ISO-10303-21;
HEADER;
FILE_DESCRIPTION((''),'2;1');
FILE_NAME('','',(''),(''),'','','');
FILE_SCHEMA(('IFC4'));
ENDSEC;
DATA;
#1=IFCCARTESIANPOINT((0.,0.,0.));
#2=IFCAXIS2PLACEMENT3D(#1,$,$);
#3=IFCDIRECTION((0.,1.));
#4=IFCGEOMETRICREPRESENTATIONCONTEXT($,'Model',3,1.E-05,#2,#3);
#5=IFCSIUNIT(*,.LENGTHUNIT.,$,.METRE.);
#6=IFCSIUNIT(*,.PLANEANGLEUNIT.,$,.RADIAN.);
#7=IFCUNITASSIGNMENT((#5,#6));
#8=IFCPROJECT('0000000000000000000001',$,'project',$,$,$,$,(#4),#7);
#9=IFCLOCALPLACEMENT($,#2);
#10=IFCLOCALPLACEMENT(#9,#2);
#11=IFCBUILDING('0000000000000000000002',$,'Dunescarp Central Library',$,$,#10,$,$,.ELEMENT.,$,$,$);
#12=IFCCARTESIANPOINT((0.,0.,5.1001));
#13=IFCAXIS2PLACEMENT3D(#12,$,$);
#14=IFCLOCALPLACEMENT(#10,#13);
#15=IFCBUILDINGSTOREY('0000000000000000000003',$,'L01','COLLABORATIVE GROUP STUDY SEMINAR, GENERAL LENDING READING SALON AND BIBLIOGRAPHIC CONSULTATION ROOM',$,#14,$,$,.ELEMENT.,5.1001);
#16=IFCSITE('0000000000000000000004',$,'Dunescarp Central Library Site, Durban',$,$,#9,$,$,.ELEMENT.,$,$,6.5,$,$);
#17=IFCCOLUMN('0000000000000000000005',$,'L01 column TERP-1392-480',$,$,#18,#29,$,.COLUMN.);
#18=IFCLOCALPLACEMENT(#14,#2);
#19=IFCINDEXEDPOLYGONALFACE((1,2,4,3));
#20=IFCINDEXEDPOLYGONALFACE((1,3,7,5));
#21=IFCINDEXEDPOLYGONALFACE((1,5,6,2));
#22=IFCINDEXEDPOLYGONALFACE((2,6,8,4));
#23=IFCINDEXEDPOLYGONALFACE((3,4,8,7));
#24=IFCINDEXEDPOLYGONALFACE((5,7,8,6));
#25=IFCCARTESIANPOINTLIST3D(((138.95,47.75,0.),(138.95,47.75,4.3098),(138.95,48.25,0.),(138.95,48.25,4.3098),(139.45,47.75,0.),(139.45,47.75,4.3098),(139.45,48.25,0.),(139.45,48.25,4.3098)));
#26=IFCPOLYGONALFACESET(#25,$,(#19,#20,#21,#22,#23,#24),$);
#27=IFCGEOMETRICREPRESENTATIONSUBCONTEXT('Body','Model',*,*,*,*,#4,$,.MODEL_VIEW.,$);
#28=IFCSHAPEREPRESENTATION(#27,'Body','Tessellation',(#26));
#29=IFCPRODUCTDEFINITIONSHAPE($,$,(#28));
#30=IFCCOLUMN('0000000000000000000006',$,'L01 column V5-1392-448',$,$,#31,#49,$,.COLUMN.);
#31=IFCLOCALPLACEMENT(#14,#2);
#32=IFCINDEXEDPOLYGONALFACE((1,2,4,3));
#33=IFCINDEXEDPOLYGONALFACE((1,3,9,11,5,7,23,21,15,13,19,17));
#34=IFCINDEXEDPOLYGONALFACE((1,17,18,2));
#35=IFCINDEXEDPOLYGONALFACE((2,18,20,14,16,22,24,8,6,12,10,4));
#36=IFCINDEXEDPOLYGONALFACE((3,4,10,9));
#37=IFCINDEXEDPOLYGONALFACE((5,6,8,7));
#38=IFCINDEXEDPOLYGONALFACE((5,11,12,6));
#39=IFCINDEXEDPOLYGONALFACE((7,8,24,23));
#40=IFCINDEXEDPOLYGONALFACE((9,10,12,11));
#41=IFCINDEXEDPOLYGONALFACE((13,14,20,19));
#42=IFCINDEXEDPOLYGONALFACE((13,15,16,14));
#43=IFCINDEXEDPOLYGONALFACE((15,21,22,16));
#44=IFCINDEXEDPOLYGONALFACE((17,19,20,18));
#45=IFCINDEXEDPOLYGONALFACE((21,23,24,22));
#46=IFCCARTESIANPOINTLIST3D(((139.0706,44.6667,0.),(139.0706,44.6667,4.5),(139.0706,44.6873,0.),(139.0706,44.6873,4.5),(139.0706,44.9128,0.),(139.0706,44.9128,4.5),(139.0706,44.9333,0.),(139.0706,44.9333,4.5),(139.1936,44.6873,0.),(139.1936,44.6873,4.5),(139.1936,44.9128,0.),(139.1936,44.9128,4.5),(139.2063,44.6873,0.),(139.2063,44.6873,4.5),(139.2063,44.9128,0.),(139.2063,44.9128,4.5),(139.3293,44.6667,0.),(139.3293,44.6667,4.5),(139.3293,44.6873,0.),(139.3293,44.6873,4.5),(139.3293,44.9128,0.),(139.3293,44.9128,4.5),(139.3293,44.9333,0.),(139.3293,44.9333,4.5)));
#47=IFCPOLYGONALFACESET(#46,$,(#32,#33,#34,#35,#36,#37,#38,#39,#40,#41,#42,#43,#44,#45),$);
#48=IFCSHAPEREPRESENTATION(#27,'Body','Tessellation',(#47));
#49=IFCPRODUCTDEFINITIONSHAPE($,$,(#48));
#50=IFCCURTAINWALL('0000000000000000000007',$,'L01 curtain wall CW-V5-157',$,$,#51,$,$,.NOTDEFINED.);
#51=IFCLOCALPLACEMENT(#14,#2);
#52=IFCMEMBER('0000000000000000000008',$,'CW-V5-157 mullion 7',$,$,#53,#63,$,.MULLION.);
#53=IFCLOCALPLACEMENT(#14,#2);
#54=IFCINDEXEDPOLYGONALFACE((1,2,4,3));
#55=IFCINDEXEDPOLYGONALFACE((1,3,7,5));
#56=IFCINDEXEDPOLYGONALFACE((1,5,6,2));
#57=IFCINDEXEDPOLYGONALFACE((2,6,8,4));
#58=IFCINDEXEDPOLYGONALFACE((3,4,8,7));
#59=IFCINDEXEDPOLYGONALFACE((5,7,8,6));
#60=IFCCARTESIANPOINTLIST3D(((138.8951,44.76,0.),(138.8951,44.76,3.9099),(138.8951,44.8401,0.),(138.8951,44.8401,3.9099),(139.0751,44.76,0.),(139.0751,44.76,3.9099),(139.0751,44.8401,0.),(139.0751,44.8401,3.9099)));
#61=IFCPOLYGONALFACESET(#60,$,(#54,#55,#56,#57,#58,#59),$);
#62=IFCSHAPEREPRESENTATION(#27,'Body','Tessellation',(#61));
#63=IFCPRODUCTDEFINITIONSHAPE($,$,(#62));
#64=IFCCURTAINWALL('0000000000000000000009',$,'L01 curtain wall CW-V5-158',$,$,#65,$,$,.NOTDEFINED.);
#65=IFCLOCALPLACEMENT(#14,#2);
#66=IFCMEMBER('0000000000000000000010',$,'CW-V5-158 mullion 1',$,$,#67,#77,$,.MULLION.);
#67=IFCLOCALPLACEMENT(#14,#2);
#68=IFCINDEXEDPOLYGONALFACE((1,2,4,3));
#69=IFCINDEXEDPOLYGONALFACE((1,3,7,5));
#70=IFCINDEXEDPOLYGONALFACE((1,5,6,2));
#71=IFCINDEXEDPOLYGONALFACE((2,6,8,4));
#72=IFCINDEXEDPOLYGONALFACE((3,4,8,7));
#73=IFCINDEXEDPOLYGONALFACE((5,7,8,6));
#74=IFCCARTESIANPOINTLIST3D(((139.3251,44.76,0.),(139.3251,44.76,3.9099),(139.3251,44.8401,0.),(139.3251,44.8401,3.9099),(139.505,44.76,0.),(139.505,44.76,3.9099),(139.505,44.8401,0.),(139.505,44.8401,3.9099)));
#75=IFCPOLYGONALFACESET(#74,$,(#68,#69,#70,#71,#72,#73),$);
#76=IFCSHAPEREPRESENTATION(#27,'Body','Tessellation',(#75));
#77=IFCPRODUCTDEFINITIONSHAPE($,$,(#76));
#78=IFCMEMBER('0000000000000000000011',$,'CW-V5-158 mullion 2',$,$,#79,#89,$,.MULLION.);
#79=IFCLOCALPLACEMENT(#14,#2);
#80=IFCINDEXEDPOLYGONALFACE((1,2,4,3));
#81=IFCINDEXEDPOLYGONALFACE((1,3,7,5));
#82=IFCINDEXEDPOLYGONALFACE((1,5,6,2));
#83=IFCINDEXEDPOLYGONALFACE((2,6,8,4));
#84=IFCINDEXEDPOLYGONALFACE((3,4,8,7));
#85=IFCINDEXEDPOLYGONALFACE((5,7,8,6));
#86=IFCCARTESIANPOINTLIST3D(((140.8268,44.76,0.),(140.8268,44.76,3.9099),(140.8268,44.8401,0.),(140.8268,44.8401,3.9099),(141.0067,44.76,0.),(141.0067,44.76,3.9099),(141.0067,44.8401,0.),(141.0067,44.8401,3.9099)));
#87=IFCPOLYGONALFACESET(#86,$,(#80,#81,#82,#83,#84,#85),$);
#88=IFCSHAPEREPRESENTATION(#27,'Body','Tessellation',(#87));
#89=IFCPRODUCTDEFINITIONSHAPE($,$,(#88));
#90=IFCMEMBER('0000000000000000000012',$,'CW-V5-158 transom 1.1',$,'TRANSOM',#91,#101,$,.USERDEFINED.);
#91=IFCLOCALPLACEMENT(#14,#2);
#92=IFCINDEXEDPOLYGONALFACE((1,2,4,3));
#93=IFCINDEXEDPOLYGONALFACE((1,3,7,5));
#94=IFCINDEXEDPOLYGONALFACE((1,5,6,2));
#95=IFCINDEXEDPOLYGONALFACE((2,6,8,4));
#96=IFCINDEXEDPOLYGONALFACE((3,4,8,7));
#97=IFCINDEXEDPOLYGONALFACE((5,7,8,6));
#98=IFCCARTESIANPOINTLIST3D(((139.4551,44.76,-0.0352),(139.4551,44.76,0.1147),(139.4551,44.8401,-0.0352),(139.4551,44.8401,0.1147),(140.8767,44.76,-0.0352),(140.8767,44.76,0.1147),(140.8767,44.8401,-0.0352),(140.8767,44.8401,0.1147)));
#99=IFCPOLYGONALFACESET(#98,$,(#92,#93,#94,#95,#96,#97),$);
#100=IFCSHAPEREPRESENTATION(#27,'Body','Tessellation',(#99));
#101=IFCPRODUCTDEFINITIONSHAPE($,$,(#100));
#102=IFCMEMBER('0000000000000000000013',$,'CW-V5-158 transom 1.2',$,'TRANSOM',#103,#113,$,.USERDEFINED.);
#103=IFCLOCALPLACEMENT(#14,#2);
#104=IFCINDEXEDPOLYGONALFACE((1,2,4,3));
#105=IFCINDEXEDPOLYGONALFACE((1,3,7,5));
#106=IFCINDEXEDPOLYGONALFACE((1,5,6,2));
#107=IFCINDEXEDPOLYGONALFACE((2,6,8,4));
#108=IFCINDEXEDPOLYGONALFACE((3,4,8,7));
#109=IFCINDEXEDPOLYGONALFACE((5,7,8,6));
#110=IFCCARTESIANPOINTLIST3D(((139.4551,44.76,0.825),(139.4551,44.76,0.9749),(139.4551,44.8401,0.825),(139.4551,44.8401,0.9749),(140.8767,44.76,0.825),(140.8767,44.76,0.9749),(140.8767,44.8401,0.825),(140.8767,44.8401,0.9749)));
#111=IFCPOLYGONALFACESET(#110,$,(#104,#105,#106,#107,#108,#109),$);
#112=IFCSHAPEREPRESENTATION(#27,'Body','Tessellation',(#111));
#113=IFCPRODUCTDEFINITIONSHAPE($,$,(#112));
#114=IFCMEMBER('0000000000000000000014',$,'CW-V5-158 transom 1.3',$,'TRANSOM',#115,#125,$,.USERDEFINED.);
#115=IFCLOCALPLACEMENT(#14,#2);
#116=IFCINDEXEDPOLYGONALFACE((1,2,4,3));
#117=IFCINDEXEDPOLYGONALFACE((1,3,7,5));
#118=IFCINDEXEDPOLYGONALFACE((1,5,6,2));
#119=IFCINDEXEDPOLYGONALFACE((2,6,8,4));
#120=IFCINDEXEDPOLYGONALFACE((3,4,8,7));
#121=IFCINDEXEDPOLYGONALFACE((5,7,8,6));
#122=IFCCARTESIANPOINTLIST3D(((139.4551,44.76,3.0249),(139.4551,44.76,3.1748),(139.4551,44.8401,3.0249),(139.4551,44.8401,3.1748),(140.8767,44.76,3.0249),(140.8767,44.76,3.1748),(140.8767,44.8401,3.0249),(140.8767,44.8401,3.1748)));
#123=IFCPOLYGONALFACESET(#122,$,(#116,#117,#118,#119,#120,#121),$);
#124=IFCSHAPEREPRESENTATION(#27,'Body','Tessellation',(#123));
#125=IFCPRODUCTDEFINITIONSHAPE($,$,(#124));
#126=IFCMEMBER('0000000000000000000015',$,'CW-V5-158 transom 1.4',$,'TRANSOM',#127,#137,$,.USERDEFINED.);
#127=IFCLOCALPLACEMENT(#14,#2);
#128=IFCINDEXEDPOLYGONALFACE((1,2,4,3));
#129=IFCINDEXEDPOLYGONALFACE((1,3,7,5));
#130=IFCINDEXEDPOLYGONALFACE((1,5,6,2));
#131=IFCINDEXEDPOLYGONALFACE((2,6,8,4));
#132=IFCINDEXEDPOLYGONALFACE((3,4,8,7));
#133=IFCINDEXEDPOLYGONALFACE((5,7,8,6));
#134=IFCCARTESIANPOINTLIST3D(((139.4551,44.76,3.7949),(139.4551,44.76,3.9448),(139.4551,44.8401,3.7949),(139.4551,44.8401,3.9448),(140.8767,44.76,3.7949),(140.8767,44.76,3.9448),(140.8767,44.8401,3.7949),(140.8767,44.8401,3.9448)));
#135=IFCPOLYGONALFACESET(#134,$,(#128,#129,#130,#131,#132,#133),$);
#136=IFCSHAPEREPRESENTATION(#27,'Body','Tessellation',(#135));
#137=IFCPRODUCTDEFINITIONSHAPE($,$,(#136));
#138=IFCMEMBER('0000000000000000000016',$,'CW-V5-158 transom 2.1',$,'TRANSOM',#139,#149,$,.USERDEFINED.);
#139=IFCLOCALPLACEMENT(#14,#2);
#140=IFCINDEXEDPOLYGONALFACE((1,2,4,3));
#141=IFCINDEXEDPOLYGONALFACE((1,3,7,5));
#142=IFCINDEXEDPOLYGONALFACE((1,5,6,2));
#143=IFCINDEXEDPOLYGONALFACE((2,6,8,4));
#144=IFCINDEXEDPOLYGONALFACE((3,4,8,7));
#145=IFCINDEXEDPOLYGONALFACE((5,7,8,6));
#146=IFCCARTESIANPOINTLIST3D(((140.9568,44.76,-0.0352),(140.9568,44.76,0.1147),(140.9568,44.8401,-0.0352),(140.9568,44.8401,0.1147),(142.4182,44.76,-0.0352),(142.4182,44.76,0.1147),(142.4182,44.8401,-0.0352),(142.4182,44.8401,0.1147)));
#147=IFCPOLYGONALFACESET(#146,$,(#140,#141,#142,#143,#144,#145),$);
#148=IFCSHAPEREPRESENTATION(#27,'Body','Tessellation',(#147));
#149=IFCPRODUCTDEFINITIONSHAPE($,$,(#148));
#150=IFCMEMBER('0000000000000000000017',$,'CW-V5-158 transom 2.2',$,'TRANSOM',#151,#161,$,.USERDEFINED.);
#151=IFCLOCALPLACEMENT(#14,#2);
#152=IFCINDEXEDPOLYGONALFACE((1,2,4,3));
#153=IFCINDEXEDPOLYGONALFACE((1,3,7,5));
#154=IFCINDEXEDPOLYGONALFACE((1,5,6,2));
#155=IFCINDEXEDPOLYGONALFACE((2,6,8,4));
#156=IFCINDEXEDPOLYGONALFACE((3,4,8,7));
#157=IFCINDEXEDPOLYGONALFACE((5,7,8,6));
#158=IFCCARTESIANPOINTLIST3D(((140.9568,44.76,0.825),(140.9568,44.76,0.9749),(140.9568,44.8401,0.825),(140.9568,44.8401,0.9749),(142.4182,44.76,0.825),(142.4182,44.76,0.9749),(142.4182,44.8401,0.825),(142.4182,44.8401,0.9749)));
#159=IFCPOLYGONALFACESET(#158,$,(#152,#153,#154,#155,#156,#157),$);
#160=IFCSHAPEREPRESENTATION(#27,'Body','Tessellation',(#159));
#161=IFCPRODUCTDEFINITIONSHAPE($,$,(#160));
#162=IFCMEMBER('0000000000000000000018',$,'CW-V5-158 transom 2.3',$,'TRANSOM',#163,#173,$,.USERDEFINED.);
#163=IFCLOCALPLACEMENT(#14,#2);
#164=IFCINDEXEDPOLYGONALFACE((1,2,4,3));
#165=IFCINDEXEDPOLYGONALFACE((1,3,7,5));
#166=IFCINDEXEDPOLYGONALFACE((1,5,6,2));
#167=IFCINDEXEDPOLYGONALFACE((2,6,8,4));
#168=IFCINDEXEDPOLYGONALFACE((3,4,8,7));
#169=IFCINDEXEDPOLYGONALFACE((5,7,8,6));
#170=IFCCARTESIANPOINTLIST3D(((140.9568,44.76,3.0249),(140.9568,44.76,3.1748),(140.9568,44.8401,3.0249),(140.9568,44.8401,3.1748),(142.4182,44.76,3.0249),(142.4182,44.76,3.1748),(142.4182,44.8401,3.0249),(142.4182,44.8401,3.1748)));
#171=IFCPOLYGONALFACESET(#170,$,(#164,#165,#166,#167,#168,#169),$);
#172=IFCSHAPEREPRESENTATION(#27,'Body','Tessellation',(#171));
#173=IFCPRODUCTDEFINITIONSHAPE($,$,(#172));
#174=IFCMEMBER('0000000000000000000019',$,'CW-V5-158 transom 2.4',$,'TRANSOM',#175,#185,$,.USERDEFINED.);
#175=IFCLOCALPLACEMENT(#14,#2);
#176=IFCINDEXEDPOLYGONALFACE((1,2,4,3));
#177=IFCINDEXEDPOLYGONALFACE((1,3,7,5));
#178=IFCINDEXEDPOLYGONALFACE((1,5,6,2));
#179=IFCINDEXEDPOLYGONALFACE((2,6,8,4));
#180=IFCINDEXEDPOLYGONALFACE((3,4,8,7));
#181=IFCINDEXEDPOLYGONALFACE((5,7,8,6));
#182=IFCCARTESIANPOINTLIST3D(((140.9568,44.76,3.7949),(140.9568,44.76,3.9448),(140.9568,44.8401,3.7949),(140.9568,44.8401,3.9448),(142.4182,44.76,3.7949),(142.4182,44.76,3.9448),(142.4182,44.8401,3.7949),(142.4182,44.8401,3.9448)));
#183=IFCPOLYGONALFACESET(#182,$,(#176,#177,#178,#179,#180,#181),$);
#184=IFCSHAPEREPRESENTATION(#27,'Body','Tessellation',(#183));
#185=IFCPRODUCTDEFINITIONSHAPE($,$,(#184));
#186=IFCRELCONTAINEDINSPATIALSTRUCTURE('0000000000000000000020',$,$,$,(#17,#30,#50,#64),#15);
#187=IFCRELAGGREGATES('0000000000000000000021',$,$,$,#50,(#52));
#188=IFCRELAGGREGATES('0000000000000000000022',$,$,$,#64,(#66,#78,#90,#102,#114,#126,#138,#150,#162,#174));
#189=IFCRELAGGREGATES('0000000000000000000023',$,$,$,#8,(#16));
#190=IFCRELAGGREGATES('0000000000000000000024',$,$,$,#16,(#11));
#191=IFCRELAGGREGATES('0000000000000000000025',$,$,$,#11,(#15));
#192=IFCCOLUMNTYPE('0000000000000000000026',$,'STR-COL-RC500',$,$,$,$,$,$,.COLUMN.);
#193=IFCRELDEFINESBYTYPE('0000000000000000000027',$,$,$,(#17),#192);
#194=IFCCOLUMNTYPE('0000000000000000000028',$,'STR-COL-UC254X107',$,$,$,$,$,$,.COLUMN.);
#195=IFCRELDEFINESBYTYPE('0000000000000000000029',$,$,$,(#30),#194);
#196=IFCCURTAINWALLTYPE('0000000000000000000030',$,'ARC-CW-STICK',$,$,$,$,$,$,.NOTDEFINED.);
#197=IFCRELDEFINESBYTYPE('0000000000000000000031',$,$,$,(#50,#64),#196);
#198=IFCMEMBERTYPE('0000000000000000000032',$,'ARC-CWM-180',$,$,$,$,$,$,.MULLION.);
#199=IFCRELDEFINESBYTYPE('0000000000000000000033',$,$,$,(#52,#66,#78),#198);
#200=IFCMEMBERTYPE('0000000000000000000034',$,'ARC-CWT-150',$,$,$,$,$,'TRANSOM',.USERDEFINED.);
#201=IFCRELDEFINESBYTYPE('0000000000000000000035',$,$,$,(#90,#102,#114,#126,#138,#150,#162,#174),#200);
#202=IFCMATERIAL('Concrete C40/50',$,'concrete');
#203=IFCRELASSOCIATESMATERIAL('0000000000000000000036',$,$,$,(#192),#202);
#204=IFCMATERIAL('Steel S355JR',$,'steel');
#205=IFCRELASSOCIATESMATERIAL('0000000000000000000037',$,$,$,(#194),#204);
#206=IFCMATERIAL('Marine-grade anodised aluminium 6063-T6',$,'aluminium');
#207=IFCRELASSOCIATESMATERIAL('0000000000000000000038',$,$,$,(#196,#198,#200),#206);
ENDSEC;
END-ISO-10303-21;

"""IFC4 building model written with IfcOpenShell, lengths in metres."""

from ifc_helpers import new_model, si_unit, direction, frame, origin, origin_2d, place, context, subcontext, project, spatial, rectangle, i_section, extrude, material, material_profile, profile_set, type_object, element, aggregate, save


model = new_model("IFC4")

# Units and contexts
model_context = context("Model", 3, precision=1e-05, world=origin(), true_north=direction((0.0, 1.0)))
body_context = subcontext(model_context, "Body", "Model", "MODEL_VIEW")
ifc_project = project(units=[si_unit("LENGTHUNIT", "METRE"), si_unit("PLANEANGLEUNIT", "RADIAN")], contexts=[model_context])

# Site, building, storey
site_placement = place(None, origin())
site = spatial("IfcSite", under=ifc_project, at=site_placement, Name="Dunescarp Central Library Site, Durban", CompositionType="ELEMENT", RefElevation=6.5)
building_placement = place(site_placement, origin())
building = spatial("IfcBuilding", under=site, at=building_placement, Name="Dunescarp Central Library", CompositionType="ELEMENT")
storey_placement = place(building_placement, frame((0.0, 0.0, 5.1001)))
storey = spatial("IfcBuildingStorey", under=building, at=storey_placement, Name="L01", Description="COLLABORATIVE GROUP STUDY SEMINAR, GENERAL LENDING READING SALON AND BIBLIOGRAPHIC CONSULTATION ROOM", CompositionType="ELEMENT", Elevation=5.1001)

# Columns
ifc_material_1 = material(Name="Concrete C40/50", Category="concrete")
ifc_material_profile_1 = material_profile(ifc_material_1, rectangle(XDim=0.5, YDim=0.5, at=origin_2d()), Name="RC 500x500")
ifc_profile_set_1 = profile_set([ifc_material_profile_1], Name="Concrete C40/50")
column_type_1 = type_object("IfcColumnType", Name="STR-COL-RC500", PredefinedType="COLUMN", material=ifc_profile_set_1)
column_1_placement = place(storey_placement, frame((139.2, 48.0, 0.0), z_axis=(0.0, 0.0, 1.0), x_axis=(1.0, 0.0, 0.0)))
element("IfcColumn", 1, at=column_1_placement, inside=storey, type_object=column_type_1, Name="L01 column TERP-1392-480", PredefinedType="COLUMN", context=body_context, shape_type="SweptSolid", body=[
    extrude(rectangle(XDim=0.5, YDim=0.5, at=origin_2d()), origin(), (0.0, 0.0, 1.0), 4.3098),
])
ifc_material_2 = material(Name="Steel S355JR", Category="steel")
ifc_material_profile_2 = material_profile(ifc_material_2, i_section(OverallWidth=0.2588, OverallDepth=0.2666, WebThickness=0.0127, FlangeThickness=0.0205, at=origin_2d()), Name="UC 254x254x107")
ifc_profile_set_2 = profile_set([ifc_material_profile_2], Name="Steel S355JR")
column_type_2 = type_object("IfcColumnType", Name="STR-COL-UC254X107", PredefinedType="COLUMN", material=ifc_profile_set_2)
column_2_placement = place(storey_placement, frame((139.2, 44.8, 0.0), z_axis=(0.0, 0.0, 1.0), x_axis=(1.0, 0.0, 0.0)))
element("IfcColumn", 2, at=column_2_placement, inside=storey, type_object=column_type_2, Name="L01 column V5-1392-448", PredefinedType="COLUMN", context=body_context, shape_type="SweptSolid", body=[
    extrude(i_section(OverallWidth=0.2588, OverallDepth=0.2666, WebThickness=0.0127, FlangeThickness=0.0205, at=origin_2d()), origin(), (0.0, 0.0, 1.0), 4.5),
])

# Curtain wall, member
ifc_material_3 = material(Name="Marine-grade anodised aluminium 6063-T6", Category="aluminium")
curtain_wall_type = type_object("IfcCurtainWallType", Name="ARC-CW-STICK", PredefinedType="NOTDEFINED", material=ifc_material_3)
curtain_wall_1_placement = place(storey_placement, origin())
curtain_wall_1 = element("IfcCurtainWall", 3, at=curtain_wall_1_placement, inside=storey, type_object=curtain_wall_type, Name="L01 curtain wall CW-V5-157", PredefinedType="NOTDEFINED")
ifc_material_profile_3 = material_profile(ifc_material_3, rectangle(XDim=0.0801, YDim=0.1799, at=origin_2d()), Name="AL 80x180")
ifc_profile_set_3 = profile_set([ifc_material_profile_3], Name="Marine-grade anodised aluminium 6063-T6")
member_type_1 = type_object("IfcMemberType", Name="ARC-CWM-180", PredefinedType="MULLION", material=ifc_profile_set_3)
member_1_placement = place(storey_placement, frame((138.9851, 44.8, 0.0), z_axis=(0.0, 0.0, 1.0), x_axis=(0.0, 1.0, 0.0)))
member_1 = element("IfcMember", 4, at=member_1_placement, type_object=member_type_1, Name="CW-V5-157 mullion 7", PredefinedType="MULLION", context=body_context, shape_type="SweptSolid", body=[
    extrude(rectangle(XDim=0.0801, YDim=0.1799, at=origin_2d()), origin(), (0.0, 0.0, 1.0), 3.9099),
])

# Curtain wall, members
curtain_wall_2_placement = place(storey_placement, origin())
curtain_wall_2 = element("IfcCurtainWall", 5, at=curtain_wall_2_placement, inside=storey, type_object=curtain_wall_type, Name="L01 curtain wall CW-V5-158", PredefinedType="NOTDEFINED")
member_2_placement = place(storey_placement, frame((139.415, 44.8, 0.0), z_axis=(0.0, 0.0, 1.0), x_axis=(0.0, 1.0, 0.0)))
member_2 = element("IfcMember", 6, at=member_2_placement, type_object=member_type_1, Name="CW-V5-158 mullion 1", PredefinedType="MULLION", context=body_context, shape_type="SweptSolid", body=[
    extrude(rectangle(XDim=0.0801, YDim=0.1799, at=origin_2d()), origin(), (0.0, 0.0, 1.0), 3.9099),
])
member_3_placement = place(storey_placement, frame((140.9167, 44.8, 0.0), z_axis=(0.0, 0.0, 1.0), x_axis=(0.0, 1.0, 0.0)))
member_3 = element("IfcMember", 7, at=member_3_placement, type_object=member_type_1, Name="CW-V5-158 mullion 2", PredefinedType="MULLION", context=body_context, shape_type="SweptSolid", body=[
    extrude(rectangle(XDim=0.0801, YDim=0.1799, at=origin_2d()), origin(), (0.0, 0.0, 1.0), 3.9099),
])
ifc_material_profile_4 = material_profile(ifc_material_3, rectangle(XDim=0.0801, YDim=0.1499, at=origin_2d()), Name="AL 80x150")
ifc_profile_set_4 = profile_set([ifc_material_profile_4], Name="Marine-grade anodised aluminium 6063-T6")
member_type_2 = type_object("IfcMemberType", Name="ARC-CWT-150", ElementType="TRANSOM", PredefinedType="USERDEFINED", material=ifc_profile_set_4)
member_4_placement = place(storey_placement, frame((139.4551, 44.8, 0.0398), z_axis=(1.0, 0.0, 0.0), x_axis=(0.0, 1.0, 0.0)))
member_4 = element("IfcMember", 8, at=member_4_placement, type_object=member_type_2, Name="CW-V5-158 transom 1.1", ObjectType="TRANSOM", PredefinedType="USERDEFINED", context=body_context, shape_type="SweptSolid", body=[
    extrude(rectangle(XDim=0.0801, YDim=0.1499, at=origin_2d()), origin(), (0.0, 0.0, 1.0), 1.4216),
])
member_5_placement = place(storey_placement, frame((139.4551, 44.8, 0.8999), z_axis=(1.0, 0.0, 0.0), x_axis=(0.0, 1.0, 0.0)))
member_5 = element("IfcMember", 9, at=member_5_placement, type_object=member_type_2, Name="CW-V5-158 transom 1.2", ObjectType="TRANSOM", PredefinedType="USERDEFINED", context=body_context, shape_type="SweptSolid", body=[
    extrude(rectangle(XDim=0.0801, YDim=0.1499, at=origin_2d()), origin(), (0.0, 0.0, 1.0), 1.4216),
])
member_6_placement = place(storey_placement, frame((139.4551, 44.8, 3.0999), z_axis=(1.0, 0.0, 0.0), x_axis=(0.0, 1.0, 0.0)))
member_6 = element("IfcMember", 10, at=member_6_placement, type_object=member_type_2, Name="CW-V5-158 transom 1.3", ObjectType="TRANSOM", PredefinedType="USERDEFINED", context=body_context, shape_type="SweptSolid", body=[
    extrude(rectangle(XDim=0.0801, YDim=0.1499, at=origin_2d()), origin(), (0.0, 0.0, 1.0), 1.4216),
])
member_7_placement = place(storey_placement, frame((139.4551, 44.8, 3.8699), z_axis=(1.0, 0.0, 0.0), x_axis=(0.0, 1.0, 0.0)))
member_7 = element("IfcMember", 11, at=member_7_placement, type_object=member_type_2, Name="CW-V5-158 transom 1.4", ObjectType="TRANSOM", PredefinedType="USERDEFINED", context=body_context, shape_type="SweptSolid", body=[
    extrude(rectangle(XDim=0.0801, YDim=0.1499, at=origin_2d()), origin(), (0.0, 0.0, 1.0), 1.4216),
])
member_8_placement = place(storey_placement, frame((140.9568, 44.8, 0.0398), z_axis=(1.0, 0.0, 0.0), x_axis=(0.0, 1.0, 0.0)))
member_8 = element("IfcMember", 12, at=member_8_placement, type_object=member_type_2, Name="CW-V5-158 transom 2.1", ObjectType="TRANSOM", PredefinedType="USERDEFINED", context=body_context, shape_type="SweptSolid", body=[
    extrude(rectangle(XDim=0.0801, YDim=0.1499, at=origin_2d()), origin(), (0.0, 0.0, 1.0), 1.4614),
])
member_9_placement = place(storey_placement, frame((140.9568, 44.8, 0.8999), z_axis=(1.0, 0.0, 0.0), x_axis=(0.0, 1.0, 0.0)))
member_9 = element("IfcMember", 13, at=member_9_placement, type_object=member_type_2, Name="CW-V5-158 transom 2.2", ObjectType="TRANSOM", PredefinedType="USERDEFINED", context=body_context, shape_type="SweptSolid", body=[
    extrude(rectangle(XDim=0.0801, YDim=0.1499, at=origin_2d()), origin(), (0.0, 0.0, 1.0), 1.4614),
])
member_10_placement = place(storey_placement, frame((140.9568, 44.8, 3.0999), z_axis=(1.0, 0.0, 0.0), x_axis=(0.0, 1.0, 0.0)))
member_10 = element("IfcMember", 14, at=member_10_placement, type_object=member_type_2, Name="CW-V5-158 transom 2.3", ObjectType="TRANSOM", PredefinedType="USERDEFINED", context=body_context, shape_type="SweptSolid", body=[
    extrude(rectangle(XDim=0.0801, YDim=0.1499, at=origin_2d()), origin(), (0.0, 0.0, 1.0), 1.4614),
])
member_11_placement = place(storey_placement, frame((140.9568, 44.8, 3.8699), z_axis=(1.0, 0.0, 0.0), x_axis=(0.0, 1.0, 0.0)))
member_11 = element("IfcMember", 15, at=member_11_placement, type_object=member_type_2, Name="CW-V5-158 transom 2.4", ObjectType="TRANSOM", PredefinedType="USERDEFINED", context=body_context, shape_type="SweptSolid", body=[
    extrude(rectangle(XDim=0.0801, YDim=0.1499, at=origin_2d()), origin(), (0.0, 0.0, 1.0), 1.4614),
])

aggregate(curtain_wall_1, [member_1])
aggregate(curtain_wall_2, [member_2, member_3, member_4, member_5, member_6, member_7, member_8, member_9, member_10, member_11])

save(model, "model.ifc")
